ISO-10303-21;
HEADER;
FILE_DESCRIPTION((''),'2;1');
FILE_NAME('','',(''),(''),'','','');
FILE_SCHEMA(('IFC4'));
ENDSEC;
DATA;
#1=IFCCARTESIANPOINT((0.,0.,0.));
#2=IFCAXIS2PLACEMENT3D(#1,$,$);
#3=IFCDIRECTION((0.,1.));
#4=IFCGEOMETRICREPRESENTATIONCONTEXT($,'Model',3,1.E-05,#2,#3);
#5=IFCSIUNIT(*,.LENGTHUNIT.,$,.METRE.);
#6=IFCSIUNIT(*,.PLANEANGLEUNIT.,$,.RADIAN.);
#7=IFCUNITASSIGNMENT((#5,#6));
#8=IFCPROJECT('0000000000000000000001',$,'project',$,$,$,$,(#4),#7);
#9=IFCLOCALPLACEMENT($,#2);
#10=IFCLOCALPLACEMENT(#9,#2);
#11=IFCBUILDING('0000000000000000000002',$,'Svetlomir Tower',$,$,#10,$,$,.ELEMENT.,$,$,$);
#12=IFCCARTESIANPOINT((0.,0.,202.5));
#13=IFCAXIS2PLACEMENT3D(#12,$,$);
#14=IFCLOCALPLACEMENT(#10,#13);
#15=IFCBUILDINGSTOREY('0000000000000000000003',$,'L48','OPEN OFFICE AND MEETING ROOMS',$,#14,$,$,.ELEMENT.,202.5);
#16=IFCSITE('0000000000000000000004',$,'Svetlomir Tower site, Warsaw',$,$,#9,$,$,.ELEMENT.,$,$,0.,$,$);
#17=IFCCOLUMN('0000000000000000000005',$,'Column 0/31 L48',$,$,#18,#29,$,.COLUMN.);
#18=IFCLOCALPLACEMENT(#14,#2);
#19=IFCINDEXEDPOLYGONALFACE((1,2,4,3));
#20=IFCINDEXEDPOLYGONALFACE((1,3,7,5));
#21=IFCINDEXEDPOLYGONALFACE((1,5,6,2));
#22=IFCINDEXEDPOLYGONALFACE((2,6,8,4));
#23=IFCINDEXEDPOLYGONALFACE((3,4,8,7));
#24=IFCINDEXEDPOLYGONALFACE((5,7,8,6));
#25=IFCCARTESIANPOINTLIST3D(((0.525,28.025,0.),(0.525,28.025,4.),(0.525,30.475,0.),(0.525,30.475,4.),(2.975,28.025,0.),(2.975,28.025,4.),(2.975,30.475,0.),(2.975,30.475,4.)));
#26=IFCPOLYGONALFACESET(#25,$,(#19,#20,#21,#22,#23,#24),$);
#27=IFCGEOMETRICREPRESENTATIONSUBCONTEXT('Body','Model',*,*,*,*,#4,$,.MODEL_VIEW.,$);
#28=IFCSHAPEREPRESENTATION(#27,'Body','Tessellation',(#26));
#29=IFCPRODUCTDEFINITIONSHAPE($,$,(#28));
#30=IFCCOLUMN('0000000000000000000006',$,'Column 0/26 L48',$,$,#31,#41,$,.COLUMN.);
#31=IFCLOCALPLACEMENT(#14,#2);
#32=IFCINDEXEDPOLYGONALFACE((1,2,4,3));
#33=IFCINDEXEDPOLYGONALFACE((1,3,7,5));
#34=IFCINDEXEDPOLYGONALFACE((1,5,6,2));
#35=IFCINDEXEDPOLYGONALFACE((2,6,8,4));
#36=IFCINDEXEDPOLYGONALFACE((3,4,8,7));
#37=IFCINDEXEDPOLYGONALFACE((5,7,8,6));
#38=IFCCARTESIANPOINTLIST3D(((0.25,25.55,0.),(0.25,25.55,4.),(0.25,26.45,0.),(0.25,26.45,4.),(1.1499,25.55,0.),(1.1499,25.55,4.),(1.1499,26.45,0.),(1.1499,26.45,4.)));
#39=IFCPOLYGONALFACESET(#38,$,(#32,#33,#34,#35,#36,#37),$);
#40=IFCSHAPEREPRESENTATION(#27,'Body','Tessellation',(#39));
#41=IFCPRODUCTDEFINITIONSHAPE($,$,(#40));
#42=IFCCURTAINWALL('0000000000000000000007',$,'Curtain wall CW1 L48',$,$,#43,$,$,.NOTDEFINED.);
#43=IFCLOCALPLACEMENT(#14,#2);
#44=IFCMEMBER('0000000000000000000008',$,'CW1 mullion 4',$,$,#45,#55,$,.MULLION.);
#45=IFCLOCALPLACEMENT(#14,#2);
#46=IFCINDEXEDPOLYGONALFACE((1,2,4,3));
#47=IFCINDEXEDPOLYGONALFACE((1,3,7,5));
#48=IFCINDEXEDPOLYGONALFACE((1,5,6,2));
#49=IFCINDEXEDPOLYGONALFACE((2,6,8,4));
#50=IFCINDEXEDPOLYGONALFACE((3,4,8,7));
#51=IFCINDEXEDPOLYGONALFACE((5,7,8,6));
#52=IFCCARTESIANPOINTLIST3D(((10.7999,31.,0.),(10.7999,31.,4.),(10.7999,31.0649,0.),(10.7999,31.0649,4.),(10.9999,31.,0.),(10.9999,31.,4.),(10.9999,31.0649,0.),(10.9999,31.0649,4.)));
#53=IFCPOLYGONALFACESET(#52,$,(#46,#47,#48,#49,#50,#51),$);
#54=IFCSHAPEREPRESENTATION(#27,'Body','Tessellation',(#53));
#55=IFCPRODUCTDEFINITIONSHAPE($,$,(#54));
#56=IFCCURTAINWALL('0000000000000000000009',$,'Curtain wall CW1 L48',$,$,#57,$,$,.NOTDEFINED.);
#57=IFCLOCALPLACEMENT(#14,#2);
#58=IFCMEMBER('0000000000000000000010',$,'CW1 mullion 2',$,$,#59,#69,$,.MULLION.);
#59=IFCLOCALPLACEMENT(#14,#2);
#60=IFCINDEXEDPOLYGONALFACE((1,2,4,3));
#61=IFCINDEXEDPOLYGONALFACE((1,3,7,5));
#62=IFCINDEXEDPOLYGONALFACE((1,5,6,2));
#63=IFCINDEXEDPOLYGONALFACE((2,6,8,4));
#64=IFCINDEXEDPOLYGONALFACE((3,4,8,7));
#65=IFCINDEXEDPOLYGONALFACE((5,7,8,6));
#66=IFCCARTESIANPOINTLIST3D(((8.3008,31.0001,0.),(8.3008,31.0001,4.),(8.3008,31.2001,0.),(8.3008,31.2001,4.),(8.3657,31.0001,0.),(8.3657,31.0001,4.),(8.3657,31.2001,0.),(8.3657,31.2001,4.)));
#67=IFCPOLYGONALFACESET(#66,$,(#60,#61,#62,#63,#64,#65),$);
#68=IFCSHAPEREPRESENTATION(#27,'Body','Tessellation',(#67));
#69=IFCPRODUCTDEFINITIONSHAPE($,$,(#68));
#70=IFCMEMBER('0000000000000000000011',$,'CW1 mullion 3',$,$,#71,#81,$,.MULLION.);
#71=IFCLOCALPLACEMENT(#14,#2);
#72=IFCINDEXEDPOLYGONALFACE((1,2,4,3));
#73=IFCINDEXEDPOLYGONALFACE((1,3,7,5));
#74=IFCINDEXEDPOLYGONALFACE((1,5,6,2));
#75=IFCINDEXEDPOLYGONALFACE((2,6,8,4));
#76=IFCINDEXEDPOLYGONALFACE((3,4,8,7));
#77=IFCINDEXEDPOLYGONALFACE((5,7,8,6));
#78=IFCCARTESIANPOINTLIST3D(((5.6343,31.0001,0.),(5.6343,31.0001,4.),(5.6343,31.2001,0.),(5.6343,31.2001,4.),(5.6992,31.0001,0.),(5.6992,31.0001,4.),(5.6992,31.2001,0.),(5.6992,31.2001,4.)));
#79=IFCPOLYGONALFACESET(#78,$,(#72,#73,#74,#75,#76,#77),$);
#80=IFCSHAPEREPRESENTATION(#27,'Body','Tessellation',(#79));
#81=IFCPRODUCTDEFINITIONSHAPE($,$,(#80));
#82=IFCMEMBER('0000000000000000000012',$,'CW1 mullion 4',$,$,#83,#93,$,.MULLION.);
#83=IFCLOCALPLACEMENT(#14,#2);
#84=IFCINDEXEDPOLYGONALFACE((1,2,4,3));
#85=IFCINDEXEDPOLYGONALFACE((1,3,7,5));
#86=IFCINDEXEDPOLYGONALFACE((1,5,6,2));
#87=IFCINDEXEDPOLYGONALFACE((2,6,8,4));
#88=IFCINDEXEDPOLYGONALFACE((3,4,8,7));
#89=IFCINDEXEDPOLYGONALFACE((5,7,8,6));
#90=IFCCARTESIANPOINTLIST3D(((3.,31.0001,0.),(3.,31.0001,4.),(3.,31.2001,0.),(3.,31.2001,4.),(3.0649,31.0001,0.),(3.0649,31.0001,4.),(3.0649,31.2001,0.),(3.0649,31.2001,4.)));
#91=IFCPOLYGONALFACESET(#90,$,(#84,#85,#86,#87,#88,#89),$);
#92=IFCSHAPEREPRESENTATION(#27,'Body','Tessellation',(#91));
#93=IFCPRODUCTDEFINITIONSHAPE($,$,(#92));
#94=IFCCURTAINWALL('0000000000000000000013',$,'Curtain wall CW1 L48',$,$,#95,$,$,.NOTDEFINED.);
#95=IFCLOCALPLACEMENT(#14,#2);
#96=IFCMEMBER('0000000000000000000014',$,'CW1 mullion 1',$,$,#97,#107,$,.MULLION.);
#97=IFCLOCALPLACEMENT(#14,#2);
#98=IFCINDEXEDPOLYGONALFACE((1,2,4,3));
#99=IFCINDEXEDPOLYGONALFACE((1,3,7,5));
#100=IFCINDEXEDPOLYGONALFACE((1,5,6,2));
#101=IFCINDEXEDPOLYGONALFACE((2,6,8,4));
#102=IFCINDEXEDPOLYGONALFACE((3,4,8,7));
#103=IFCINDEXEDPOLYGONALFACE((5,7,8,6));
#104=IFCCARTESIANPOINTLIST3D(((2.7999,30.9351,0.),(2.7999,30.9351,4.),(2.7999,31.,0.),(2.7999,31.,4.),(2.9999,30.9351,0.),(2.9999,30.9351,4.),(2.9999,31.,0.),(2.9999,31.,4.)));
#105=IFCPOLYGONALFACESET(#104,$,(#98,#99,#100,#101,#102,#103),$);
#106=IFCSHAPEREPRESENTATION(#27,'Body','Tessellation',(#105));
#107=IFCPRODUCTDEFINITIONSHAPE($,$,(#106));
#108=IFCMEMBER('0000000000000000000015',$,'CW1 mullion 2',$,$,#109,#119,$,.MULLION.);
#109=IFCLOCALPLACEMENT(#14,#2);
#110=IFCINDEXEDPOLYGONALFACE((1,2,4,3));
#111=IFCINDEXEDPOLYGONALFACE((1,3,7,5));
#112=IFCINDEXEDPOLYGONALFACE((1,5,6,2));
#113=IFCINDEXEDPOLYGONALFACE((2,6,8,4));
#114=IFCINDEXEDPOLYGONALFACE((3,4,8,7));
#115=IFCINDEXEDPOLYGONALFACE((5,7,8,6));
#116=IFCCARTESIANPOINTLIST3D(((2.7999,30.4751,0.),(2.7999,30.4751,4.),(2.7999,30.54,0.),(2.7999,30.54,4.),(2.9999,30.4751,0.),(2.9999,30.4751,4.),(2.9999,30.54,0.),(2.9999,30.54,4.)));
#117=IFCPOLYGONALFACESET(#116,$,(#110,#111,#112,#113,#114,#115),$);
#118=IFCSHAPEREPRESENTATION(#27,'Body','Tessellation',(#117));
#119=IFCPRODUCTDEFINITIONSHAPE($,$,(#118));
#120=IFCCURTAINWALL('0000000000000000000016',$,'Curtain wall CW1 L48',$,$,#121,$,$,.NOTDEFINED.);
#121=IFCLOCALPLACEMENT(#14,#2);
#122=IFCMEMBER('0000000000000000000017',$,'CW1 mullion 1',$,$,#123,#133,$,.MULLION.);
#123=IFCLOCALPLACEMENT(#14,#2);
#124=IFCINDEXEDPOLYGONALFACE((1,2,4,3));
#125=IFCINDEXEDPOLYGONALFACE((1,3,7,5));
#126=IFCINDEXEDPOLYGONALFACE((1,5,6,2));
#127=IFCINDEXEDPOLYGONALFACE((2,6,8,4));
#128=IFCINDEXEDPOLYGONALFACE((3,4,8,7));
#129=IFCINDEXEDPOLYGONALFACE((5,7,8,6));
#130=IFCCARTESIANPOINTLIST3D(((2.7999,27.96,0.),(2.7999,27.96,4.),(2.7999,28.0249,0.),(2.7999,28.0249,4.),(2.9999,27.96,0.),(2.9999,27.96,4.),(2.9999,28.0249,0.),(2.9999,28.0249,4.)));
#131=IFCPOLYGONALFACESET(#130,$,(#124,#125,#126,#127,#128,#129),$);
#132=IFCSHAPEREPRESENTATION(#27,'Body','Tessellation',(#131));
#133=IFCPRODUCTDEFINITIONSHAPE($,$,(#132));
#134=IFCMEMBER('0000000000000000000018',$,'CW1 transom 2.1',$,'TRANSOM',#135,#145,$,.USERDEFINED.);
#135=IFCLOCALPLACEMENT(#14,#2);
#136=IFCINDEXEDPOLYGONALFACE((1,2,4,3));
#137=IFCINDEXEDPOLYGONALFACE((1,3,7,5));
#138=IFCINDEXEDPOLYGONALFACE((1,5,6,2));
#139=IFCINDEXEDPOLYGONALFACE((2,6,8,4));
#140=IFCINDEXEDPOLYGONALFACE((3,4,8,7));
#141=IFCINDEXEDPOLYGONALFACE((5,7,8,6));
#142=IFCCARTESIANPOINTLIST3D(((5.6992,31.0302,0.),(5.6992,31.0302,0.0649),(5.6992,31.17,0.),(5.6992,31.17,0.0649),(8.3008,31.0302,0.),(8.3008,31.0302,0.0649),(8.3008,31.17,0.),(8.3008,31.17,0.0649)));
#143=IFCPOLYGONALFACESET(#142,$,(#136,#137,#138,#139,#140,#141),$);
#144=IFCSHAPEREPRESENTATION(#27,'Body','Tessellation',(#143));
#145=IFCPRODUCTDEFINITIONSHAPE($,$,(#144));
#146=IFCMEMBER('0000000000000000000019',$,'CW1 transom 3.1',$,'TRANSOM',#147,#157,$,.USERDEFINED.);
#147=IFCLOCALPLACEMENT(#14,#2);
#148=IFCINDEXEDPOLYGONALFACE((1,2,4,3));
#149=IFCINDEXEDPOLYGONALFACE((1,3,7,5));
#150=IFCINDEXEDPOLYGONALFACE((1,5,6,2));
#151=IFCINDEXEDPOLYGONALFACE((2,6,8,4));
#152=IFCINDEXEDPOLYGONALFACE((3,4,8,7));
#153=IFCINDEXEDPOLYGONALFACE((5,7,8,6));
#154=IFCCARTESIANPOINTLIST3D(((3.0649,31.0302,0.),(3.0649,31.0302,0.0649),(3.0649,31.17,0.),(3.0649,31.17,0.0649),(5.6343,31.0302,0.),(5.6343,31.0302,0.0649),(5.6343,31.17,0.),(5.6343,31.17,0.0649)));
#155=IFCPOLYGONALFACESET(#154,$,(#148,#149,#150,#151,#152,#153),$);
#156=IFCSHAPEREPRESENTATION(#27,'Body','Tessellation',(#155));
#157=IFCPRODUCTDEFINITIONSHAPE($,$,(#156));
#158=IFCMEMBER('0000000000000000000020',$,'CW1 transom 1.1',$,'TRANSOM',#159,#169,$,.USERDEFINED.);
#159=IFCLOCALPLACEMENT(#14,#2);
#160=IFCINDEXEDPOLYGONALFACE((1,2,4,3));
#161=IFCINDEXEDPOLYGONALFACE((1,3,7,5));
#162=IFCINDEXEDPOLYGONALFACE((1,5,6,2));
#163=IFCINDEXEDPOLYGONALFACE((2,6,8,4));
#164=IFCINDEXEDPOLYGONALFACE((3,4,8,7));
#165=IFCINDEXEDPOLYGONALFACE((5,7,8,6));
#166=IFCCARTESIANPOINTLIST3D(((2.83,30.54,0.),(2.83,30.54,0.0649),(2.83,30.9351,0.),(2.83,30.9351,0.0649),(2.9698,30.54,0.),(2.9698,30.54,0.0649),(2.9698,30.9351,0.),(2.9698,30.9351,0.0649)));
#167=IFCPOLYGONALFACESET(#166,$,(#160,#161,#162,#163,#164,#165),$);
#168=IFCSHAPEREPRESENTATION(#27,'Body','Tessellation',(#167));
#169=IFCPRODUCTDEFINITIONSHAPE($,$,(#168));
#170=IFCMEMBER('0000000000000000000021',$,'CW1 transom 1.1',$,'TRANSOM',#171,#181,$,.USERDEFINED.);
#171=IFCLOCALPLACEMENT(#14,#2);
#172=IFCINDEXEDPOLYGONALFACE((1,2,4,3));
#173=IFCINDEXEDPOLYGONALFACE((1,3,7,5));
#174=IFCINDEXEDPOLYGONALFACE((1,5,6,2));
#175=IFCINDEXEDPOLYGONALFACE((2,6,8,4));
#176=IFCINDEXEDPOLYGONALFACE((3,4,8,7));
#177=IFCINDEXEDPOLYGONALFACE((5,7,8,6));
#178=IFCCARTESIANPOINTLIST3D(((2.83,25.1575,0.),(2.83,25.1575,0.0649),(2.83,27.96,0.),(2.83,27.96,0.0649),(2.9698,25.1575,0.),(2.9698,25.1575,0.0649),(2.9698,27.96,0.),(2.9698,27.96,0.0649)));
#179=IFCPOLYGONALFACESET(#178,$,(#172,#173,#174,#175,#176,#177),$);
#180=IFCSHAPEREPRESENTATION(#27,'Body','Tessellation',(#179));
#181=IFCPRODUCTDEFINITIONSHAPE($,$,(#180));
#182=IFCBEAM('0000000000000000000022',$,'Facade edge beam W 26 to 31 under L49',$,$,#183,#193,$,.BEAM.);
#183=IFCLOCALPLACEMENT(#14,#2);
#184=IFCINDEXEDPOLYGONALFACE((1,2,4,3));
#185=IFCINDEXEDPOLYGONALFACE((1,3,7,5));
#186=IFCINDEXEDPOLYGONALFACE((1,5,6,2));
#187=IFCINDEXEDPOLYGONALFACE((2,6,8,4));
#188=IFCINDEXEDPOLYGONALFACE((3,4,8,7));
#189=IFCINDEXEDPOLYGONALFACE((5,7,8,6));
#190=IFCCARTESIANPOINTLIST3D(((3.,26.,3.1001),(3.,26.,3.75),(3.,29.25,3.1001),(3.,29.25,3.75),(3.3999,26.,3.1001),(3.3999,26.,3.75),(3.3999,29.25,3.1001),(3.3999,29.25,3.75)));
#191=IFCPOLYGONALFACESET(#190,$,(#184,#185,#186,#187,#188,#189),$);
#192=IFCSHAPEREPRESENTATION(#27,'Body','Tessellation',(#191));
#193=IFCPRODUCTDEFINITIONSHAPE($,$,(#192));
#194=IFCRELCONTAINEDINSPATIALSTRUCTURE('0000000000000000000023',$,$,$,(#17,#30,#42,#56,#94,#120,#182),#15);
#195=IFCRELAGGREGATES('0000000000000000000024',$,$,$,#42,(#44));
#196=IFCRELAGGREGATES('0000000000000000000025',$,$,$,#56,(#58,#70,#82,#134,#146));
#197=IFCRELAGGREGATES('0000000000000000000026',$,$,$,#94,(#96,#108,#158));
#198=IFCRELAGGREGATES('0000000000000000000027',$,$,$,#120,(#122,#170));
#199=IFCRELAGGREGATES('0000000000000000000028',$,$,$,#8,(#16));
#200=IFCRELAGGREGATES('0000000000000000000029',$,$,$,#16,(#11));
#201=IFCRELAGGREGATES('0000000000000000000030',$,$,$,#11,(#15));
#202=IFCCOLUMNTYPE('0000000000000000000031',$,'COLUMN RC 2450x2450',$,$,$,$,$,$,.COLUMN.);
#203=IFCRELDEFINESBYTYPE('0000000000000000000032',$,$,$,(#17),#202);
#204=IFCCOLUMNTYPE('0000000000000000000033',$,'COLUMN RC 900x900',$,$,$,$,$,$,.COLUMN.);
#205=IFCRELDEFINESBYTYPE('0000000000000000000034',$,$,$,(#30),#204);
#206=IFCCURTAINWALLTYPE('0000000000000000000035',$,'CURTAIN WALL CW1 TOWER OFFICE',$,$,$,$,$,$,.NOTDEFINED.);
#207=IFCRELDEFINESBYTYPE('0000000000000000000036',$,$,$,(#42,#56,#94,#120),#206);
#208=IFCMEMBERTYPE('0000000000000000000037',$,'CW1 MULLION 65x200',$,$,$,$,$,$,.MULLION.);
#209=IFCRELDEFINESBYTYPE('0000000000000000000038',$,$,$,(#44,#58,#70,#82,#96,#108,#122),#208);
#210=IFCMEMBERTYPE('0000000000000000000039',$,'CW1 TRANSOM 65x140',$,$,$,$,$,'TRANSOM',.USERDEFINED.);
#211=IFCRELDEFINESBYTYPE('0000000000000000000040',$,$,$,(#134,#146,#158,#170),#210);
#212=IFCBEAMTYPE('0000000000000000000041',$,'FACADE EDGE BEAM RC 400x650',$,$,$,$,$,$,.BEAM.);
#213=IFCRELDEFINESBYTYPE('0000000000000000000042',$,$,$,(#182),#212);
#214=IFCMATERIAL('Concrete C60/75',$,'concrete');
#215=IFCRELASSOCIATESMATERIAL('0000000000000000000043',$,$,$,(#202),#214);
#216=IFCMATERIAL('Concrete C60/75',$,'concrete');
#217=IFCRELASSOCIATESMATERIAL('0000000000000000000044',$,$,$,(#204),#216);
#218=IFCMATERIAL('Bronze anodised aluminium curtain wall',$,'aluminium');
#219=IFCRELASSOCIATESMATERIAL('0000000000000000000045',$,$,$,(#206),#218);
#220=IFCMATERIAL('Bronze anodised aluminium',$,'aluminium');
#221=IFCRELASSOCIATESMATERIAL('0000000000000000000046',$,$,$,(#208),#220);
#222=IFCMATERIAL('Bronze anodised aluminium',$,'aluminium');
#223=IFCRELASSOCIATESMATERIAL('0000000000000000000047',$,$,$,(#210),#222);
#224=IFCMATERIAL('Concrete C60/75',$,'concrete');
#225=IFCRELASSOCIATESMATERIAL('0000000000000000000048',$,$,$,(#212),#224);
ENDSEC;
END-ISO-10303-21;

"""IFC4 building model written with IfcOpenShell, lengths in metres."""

from ifc_helpers import new_model, si_unit, direction, frame, origin, origin_2d, place, context, subcontext, project, spatial, rectangle, extrude, material, material_profile, profile_set, type_object, element, aggregate, save


model = new_model("IFC4")

# Units and contexts
model_context = context("Model", 3, precision=1e-05, world=origin(), true_north=direction((0.0, 1.0)))
body_context = subcontext(model_context, "Body", "Model", "MODEL_VIEW")
ifc_project = project(units=[si_unit("LENGTHUNIT", "METRE"), si_unit("PLANEANGLEUNIT", "RADIAN")], contexts=[model_context])

# Site, building, storey
site_placement = place(None, origin())
site = spatial("IfcSite", under=ifc_project, at=site_placement, Name="Svetlomir Tower site, Warsaw", CompositionType="ELEMENT", RefElevation=0.0)
building_placement = place(site_placement, origin())
building = spatial("IfcBuilding", under=site, at=building_placement, Name="Svetlomir Tower", CompositionType="ELEMENT")
storey_placement = place(building_placement, frame((0.0, 0.0, 202.5)))
storey = spatial("IfcBuildingStorey", under=building, at=storey_placement, Name="L48", Description="OPEN OFFICE AND MEETING ROOMS", CompositionType="ELEMENT", Elevation=202.5)

# Columns
ifc_material_1 = material(Name="Concrete C60/75", Category="concrete")
ifc_material_profile_1 = material_profile(ifc_material_1, rectangle(XDim=2.45, YDim=2.45, at=origin_2d()), Name="RC 2450x2450")
ifc_profile_set_1 = profile_set([ifc_material_profile_1], Name="Concrete C60/75")
column_type_1 = type_object("IfcColumnType", Name="COLUMN RC 2450x2450", PredefinedType="COLUMN", material=ifc_profile_set_1)
column_1_placement = place(storey_placement, frame((1.75, 29.25, 0.0), z_axis=(0.0, 0.0, 1.0), x_axis=(1.0, 0.0, 0.0)))
element("IfcColumn", 1, at=column_1_placement, inside=storey, type_object=column_type_1, Name="Column 0/31 L48", PredefinedType="COLUMN", context=body_context, shape_type="SweptSolid", body=[
    extrude(rectangle(XDim=2.45, YDim=2.45, at=origin_2d()), origin(), (0.0, 0.0, 1.0), 4.0),
])
ifc_material_2 = material(Name="Concrete C60/75", Category="concrete")
ifc_material_profile_2 = material_profile(ifc_material_2, rectangle(XDim=0.8999, YDim=0.8999, at=origin_2d()), Name="RC 900x900")
ifc_profile_set_2 = profile_set([ifc_material_profile_2], Name="Concrete C60/75")
column_type_2 = type_object("IfcColumnType", Name="COLUMN RC 900x900", PredefinedType="COLUMN", material=ifc_profile_set_2)
column_2_placement = place(storey_placement, frame((0.7, 26.0, 0.0), z_axis=(0.0, 0.0, 1.0), x_axis=(1.0, 0.0, 0.0)))
element("IfcColumn", 2, at=column_2_placement, inside=storey, type_object=column_type_2, Name="Column 0/26 L48", PredefinedType="COLUMN", context=body_context, shape_type="SweptSolid", body=[
    extrude(rectangle(XDim=0.8999, YDim=0.8999, at=origin_2d()), origin(), (0.0, 0.0, 1.0), 4.0),
])

# Curtain wall, member
ifc_material_3 = material(Name="Bronze anodised aluminium curtain wall", Category="aluminium")
curtain_wall_type = type_object("IfcCurtainWallType", Name="CURTAIN WALL CW1 TOWER OFFICE", PredefinedType="NOTDEFINED", material=ifc_material_3)
curtain_wall_1_placement = place(storey_placement, origin())
curtain_wall_1 = element("IfcCurtainWall", 3, at=curtain_wall_1_placement, inside=storey, type_object=curtain_wall_type, Name="Curtain wall CW1 L48", PredefinedType="NOTDEFINED")
ifc_material_4 = material(Name="Bronze anodised aluminium", Category="aluminium")
ifc_material_profile_3 = material_profile(ifc_material_4, rectangle(XDim=0.0649, YDim=0.2, at=origin_2d()), Name="AL 65x200")
ifc_profile_set_3 = profile_set([ifc_material_profile_3], Name="Bronze anodised aluminium 6063-T6")
member_type_1 = type_object("IfcMemberType", Name="CW1 MULLION 65x200", PredefinedType="MULLION", material=ifc_profile_set_3)
member_1_placement = place(storey_placement, frame((10.8999, 31.0325, 0.0), z_axis=(0.0, 0.0, 1.0), x_axis=(0.0, -1.0, 0.0)))
member_1 = element("IfcMember", 4, at=member_1_placement, type_object=member_type_1, Name="CW1 mullion 4", PredefinedType="MULLION", context=body_context, shape_type="SweptSolid", body=[
    extrude(rectangle(XDim=0.0649, YDim=0.2, at=origin_2d()), origin(), (0.0, 0.0, 1.0), 4.0),
])
aggregate(curtain_wall_1, [member_1])

# Curtain walls, members
curtain_wall_2_placement = place(storey_placement, origin())
curtain_wall_2 = element("IfcCurtainWall", 5, at=curtain_wall_2_placement, inside=storey, type_object=curtain_wall_type, Name="Curtain wall CW1 L48", PredefinedType="NOTDEFINED")
member_2_placement = place(storey_placement, frame((8.3333, 31.1001, 0.0), z_axis=(0.0, 0.0, 1.0), x_axis=(-1.0, 0.0, 0.0)))
member_2 = element("IfcMember", 6, at=member_2_placement, type_object=member_type_1, Name="CW1 mullion 2", PredefinedType="MULLION", context=body_context, shape_type="SweptSolid", body=[
    extrude(rectangle(XDim=0.0649, YDim=0.2, at=origin_2d()), origin(), (0.0, 0.0, 1.0), 4.0),
])
member_3_placement = place(storey_placement, frame((5.6667, 31.1001, 0.0), z_axis=(0.0, 0.0, 1.0), x_axis=(-1.0, 0.0, 0.0)))
member_3 = element("IfcMember", 7, at=member_3_placement, type_object=member_type_1, Name="CW1 mullion 3", PredefinedType="MULLION", context=body_context, shape_type="SweptSolid", body=[
    extrude(rectangle(XDim=0.0649, YDim=0.2, at=origin_2d()), origin(), (0.0, 0.0, 1.0), 4.0),
])
member_4_placement = place(storey_placement, frame((3.0325, 31.1001, 0.0), z_axis=(0.0, 0.0, 1.0), x_axis=(-1.0, 0.0, 0.0)))
member_4 = element("IfcMember", 8, at=member_4_placement, type_object=member_type_1, Name="CW1 mullion 4", PredefinedType="MULLION", context=body_context, shape_type="SweptSolid", body=[
    extrude(rectangle(XDim=0.0649, YDim=0.2, at=origin_2d()), origin(), (0.0, 0.0, 1.0), 4.0),
])
curtain_wall_3_placement = place(storey_placement, origin())
curtain_wall_3 = element("IfcCurtainWall", 9, at=curtain_wall_3_placement, inside=storey, type_object=curtain_wall_type, Name="Curtain wall CW1 L48", PredefinedType="NOTDEFINED")
member_5_placement = place(storey_placement, frame((2.8999, 30.9675, 0.0), z_axis=(0.0, 0.0, 1.0), x_axis=(0.0, -1.0, 0.0)))
member_5 = element("IfcMember", 10, at=member_5_placement, type_object=member_type_1, Name="CW1 mullion 1", PredefinedType="MULLION", context=body_context, shape_type="SweptSolid", body=[
    extrude(rectangle(XDim=0.0649, YDim=0.2, at=origin_2d()), origin(), (0.0, 0.0, 1.0), 4.0),
])
member_6_placement = place(storey_placement, frame((2.8999, 30.5076, 0.0), z_axis=(0.0, 0.0, 1.0), x_axis=(0.0, -1.0, 0.0)))
member_6 = element("IfcMember", 11, at=member_6_placement, type_object=member_type_1, Name="CW1 mullion 2", PredefinedType="MULLION", context=body_context, shape_type="SweptSolid", body=[
    extrude(rectangle(XDim=0.0649, YDim=0.2, at=origin_2d()), origin(), (0.0, 0.0, 1.0), 4.0),
])

# Curtain wall, member
curtain_wall_4_placement = place(storey_placement, origin())
curtain_wall_4 = element("IfcCurtainWall", 12, at=curtain_wall_4_placement, inside=storey, type_object=curtain_wall_type, Name="Curtain wall CW1 L48", PredefinedType="NOTDEFINED")
member_7_placement = place(storey_placement, frame((2.8999, 27.9924, 0.0), z_axis=(0.0, 0.0, 1.0), x_axis=(0.0, -1.0, 0.0)))
member_7 = element("IfcMember", 13, at=member_7_placement, type_object=member_type_1, Name="CW1 mullion 1", PredefinedType="MULLION", context=body_context, shape_type="SweptSolid", body=[
    extrude(rectangle(XDim=0.0649, YDim=0.2, at=origin_2d()), origin(), (0.0, 0.0, 1.0), 4.0),
])

# Members
ifc_material_5 = material(Name="Bronze anodised aluminium", Category="aluminium")
ifc_material_profile_4 = material_profile(ifc_material_5, rectangle(XDim=0.1399, YDim=0.0649, at=origin_2d()), Name="AL 140x65")
ifc_profile_set_4 = profile_set([ifc_material_profile_4], Name="Bronze anodised aluminium 6063-T6")
member_type_2 = type_object("IfcMemberType", Name="CW1 TRANSOM 65x140", ElementType="TRANSOM", PredefinedType="USERDEFINED", material=ifc_profile_set_4)
member_8_placement = place(storey_placement, frame((8.3008, 31.1001, 0.0325), z_axis=(-1.0, 0.0, 0.0), x_axis=(0.0, -1.0, 0.0)))
member_8 = element("IfcMember", 14, at=member_8_placement, type_object=member_type_2, Name="CW1 transom 2.1", ObjectType="TRANSOM", PredefinedType="USERDEFINED", context=body_context, shape_type="SweptSolid", body=[
    extrude(rectangle(XDim=0.1399, YDim=0.0649, at=origin_2d()), origin(), (0.0, 0.0, 1.0), 2.6016),
])
member_9_placement = place(storey_placement, frame((5.6343, 31.1001, 0.0325), z_axis=(-1.0, 0.0, 0.0), x_axis=(0.0, -1.0, 0.0)))
member_9 = element("IfcMember", 15, at=member_9_placement, type_object=member_type_2, Name="CW1 transom 3.1", ObjectType="TRANSOM", PredefinedType="USERDEFINED", context=body_context, shape_type="SweptSolid", body=[
    extrude(rectangle(XDim=0.1399, YDim=0.0649, at=origin_2d()), origin(), (0.0, 0.0, 1.0), 2.5693),
])
member_10_placement = place(storey_placement, frame((2.8999, 30.9351, 0.0325), z_axis=(0.0, -1.0, 0.0), x_axis=(1.0, 0.0, 0.0)))
member_10 = element("IfcMember", 16, at=member_10_placement, type_object=member_type_2, Name="CW1 transom 1.1", ObjectType="TRANSOM", PredefinedType="USERDEFINED", context=body_context, shape_type="SweptSolid", body=[
    extrude(rectangle(XDim=0.1399, YDim=0.0649, at=origin_2d()), origin(), (0.0, 0.0, 1.0), 0.395),
])
member_11_placement = place(storey_placement, frame((2.8999, 27.96, 0.0325), z_axis=(0.0, -1.0, 0.0), x_axis=(1.0, 0.0, 0.0)))
member_11 = element("IfcMember", 17, at=member_11_placement, type_object=member_type_2, Name="CW1 transom 1.1", ObjectType="TRANSOM", PredefinedType="USERDEFINED", context=body_context, shape_type="SweptSolid", body=[
    extrude(rectangle(XDim=0.1399, YDim=0.0649, at=origin_2d()), origin(), (0.0, 0.0, 1.0), 2.8025),
])

# Beam
ifc_material_6 = material(Name="Concrete C60/75", Category="concrete")
ifc_material_profile_5 = material_profile(ifc_material_6, rectangle(XDim=0.3999, YDim=0.6499, at=origin_2d()), Name="RC 400x650")
ifc_profile_set_5 = profile_set([ifc_material_profile_5], Name="Concrete C60/75")
beam_type_1 = type_object("IfcBeamType", Name="FACADE EDGE BEAM RC 400x650", PredefinedType="BEAM", material=ifc_profile_set_5)
beam_1_placement = place(storey_placement, frame((3.2, 26.0, 3.425), z_axis=(0.0, 1.0, 0.0), x_axis=(-1.0, 0.0, 0.0)))
element("IfcBeam", 18, at=beam_1_placement, inside=storey, type_object=beam_type_1, Name="Facade edge beam W 26 to 31 under L49", PredefinedType="BEAM", context=body_context, shape_type="SweptSolid", body=[
    extrude(rectangle(XDim=0.3999, YDim=0.6499, at=origin_2d()), origin(), (0.0, 0.0, 1.0), 3.25),
])

aggregate(curtain_wall_2, [member_2, member_3, member_4, member_8, member_9])
aggregate(curtain_wall_3, [member_5, member_6, member_10])
aggregate(curtain_wall_4, [member_7, member_11])

save(model, "model.ifc")
